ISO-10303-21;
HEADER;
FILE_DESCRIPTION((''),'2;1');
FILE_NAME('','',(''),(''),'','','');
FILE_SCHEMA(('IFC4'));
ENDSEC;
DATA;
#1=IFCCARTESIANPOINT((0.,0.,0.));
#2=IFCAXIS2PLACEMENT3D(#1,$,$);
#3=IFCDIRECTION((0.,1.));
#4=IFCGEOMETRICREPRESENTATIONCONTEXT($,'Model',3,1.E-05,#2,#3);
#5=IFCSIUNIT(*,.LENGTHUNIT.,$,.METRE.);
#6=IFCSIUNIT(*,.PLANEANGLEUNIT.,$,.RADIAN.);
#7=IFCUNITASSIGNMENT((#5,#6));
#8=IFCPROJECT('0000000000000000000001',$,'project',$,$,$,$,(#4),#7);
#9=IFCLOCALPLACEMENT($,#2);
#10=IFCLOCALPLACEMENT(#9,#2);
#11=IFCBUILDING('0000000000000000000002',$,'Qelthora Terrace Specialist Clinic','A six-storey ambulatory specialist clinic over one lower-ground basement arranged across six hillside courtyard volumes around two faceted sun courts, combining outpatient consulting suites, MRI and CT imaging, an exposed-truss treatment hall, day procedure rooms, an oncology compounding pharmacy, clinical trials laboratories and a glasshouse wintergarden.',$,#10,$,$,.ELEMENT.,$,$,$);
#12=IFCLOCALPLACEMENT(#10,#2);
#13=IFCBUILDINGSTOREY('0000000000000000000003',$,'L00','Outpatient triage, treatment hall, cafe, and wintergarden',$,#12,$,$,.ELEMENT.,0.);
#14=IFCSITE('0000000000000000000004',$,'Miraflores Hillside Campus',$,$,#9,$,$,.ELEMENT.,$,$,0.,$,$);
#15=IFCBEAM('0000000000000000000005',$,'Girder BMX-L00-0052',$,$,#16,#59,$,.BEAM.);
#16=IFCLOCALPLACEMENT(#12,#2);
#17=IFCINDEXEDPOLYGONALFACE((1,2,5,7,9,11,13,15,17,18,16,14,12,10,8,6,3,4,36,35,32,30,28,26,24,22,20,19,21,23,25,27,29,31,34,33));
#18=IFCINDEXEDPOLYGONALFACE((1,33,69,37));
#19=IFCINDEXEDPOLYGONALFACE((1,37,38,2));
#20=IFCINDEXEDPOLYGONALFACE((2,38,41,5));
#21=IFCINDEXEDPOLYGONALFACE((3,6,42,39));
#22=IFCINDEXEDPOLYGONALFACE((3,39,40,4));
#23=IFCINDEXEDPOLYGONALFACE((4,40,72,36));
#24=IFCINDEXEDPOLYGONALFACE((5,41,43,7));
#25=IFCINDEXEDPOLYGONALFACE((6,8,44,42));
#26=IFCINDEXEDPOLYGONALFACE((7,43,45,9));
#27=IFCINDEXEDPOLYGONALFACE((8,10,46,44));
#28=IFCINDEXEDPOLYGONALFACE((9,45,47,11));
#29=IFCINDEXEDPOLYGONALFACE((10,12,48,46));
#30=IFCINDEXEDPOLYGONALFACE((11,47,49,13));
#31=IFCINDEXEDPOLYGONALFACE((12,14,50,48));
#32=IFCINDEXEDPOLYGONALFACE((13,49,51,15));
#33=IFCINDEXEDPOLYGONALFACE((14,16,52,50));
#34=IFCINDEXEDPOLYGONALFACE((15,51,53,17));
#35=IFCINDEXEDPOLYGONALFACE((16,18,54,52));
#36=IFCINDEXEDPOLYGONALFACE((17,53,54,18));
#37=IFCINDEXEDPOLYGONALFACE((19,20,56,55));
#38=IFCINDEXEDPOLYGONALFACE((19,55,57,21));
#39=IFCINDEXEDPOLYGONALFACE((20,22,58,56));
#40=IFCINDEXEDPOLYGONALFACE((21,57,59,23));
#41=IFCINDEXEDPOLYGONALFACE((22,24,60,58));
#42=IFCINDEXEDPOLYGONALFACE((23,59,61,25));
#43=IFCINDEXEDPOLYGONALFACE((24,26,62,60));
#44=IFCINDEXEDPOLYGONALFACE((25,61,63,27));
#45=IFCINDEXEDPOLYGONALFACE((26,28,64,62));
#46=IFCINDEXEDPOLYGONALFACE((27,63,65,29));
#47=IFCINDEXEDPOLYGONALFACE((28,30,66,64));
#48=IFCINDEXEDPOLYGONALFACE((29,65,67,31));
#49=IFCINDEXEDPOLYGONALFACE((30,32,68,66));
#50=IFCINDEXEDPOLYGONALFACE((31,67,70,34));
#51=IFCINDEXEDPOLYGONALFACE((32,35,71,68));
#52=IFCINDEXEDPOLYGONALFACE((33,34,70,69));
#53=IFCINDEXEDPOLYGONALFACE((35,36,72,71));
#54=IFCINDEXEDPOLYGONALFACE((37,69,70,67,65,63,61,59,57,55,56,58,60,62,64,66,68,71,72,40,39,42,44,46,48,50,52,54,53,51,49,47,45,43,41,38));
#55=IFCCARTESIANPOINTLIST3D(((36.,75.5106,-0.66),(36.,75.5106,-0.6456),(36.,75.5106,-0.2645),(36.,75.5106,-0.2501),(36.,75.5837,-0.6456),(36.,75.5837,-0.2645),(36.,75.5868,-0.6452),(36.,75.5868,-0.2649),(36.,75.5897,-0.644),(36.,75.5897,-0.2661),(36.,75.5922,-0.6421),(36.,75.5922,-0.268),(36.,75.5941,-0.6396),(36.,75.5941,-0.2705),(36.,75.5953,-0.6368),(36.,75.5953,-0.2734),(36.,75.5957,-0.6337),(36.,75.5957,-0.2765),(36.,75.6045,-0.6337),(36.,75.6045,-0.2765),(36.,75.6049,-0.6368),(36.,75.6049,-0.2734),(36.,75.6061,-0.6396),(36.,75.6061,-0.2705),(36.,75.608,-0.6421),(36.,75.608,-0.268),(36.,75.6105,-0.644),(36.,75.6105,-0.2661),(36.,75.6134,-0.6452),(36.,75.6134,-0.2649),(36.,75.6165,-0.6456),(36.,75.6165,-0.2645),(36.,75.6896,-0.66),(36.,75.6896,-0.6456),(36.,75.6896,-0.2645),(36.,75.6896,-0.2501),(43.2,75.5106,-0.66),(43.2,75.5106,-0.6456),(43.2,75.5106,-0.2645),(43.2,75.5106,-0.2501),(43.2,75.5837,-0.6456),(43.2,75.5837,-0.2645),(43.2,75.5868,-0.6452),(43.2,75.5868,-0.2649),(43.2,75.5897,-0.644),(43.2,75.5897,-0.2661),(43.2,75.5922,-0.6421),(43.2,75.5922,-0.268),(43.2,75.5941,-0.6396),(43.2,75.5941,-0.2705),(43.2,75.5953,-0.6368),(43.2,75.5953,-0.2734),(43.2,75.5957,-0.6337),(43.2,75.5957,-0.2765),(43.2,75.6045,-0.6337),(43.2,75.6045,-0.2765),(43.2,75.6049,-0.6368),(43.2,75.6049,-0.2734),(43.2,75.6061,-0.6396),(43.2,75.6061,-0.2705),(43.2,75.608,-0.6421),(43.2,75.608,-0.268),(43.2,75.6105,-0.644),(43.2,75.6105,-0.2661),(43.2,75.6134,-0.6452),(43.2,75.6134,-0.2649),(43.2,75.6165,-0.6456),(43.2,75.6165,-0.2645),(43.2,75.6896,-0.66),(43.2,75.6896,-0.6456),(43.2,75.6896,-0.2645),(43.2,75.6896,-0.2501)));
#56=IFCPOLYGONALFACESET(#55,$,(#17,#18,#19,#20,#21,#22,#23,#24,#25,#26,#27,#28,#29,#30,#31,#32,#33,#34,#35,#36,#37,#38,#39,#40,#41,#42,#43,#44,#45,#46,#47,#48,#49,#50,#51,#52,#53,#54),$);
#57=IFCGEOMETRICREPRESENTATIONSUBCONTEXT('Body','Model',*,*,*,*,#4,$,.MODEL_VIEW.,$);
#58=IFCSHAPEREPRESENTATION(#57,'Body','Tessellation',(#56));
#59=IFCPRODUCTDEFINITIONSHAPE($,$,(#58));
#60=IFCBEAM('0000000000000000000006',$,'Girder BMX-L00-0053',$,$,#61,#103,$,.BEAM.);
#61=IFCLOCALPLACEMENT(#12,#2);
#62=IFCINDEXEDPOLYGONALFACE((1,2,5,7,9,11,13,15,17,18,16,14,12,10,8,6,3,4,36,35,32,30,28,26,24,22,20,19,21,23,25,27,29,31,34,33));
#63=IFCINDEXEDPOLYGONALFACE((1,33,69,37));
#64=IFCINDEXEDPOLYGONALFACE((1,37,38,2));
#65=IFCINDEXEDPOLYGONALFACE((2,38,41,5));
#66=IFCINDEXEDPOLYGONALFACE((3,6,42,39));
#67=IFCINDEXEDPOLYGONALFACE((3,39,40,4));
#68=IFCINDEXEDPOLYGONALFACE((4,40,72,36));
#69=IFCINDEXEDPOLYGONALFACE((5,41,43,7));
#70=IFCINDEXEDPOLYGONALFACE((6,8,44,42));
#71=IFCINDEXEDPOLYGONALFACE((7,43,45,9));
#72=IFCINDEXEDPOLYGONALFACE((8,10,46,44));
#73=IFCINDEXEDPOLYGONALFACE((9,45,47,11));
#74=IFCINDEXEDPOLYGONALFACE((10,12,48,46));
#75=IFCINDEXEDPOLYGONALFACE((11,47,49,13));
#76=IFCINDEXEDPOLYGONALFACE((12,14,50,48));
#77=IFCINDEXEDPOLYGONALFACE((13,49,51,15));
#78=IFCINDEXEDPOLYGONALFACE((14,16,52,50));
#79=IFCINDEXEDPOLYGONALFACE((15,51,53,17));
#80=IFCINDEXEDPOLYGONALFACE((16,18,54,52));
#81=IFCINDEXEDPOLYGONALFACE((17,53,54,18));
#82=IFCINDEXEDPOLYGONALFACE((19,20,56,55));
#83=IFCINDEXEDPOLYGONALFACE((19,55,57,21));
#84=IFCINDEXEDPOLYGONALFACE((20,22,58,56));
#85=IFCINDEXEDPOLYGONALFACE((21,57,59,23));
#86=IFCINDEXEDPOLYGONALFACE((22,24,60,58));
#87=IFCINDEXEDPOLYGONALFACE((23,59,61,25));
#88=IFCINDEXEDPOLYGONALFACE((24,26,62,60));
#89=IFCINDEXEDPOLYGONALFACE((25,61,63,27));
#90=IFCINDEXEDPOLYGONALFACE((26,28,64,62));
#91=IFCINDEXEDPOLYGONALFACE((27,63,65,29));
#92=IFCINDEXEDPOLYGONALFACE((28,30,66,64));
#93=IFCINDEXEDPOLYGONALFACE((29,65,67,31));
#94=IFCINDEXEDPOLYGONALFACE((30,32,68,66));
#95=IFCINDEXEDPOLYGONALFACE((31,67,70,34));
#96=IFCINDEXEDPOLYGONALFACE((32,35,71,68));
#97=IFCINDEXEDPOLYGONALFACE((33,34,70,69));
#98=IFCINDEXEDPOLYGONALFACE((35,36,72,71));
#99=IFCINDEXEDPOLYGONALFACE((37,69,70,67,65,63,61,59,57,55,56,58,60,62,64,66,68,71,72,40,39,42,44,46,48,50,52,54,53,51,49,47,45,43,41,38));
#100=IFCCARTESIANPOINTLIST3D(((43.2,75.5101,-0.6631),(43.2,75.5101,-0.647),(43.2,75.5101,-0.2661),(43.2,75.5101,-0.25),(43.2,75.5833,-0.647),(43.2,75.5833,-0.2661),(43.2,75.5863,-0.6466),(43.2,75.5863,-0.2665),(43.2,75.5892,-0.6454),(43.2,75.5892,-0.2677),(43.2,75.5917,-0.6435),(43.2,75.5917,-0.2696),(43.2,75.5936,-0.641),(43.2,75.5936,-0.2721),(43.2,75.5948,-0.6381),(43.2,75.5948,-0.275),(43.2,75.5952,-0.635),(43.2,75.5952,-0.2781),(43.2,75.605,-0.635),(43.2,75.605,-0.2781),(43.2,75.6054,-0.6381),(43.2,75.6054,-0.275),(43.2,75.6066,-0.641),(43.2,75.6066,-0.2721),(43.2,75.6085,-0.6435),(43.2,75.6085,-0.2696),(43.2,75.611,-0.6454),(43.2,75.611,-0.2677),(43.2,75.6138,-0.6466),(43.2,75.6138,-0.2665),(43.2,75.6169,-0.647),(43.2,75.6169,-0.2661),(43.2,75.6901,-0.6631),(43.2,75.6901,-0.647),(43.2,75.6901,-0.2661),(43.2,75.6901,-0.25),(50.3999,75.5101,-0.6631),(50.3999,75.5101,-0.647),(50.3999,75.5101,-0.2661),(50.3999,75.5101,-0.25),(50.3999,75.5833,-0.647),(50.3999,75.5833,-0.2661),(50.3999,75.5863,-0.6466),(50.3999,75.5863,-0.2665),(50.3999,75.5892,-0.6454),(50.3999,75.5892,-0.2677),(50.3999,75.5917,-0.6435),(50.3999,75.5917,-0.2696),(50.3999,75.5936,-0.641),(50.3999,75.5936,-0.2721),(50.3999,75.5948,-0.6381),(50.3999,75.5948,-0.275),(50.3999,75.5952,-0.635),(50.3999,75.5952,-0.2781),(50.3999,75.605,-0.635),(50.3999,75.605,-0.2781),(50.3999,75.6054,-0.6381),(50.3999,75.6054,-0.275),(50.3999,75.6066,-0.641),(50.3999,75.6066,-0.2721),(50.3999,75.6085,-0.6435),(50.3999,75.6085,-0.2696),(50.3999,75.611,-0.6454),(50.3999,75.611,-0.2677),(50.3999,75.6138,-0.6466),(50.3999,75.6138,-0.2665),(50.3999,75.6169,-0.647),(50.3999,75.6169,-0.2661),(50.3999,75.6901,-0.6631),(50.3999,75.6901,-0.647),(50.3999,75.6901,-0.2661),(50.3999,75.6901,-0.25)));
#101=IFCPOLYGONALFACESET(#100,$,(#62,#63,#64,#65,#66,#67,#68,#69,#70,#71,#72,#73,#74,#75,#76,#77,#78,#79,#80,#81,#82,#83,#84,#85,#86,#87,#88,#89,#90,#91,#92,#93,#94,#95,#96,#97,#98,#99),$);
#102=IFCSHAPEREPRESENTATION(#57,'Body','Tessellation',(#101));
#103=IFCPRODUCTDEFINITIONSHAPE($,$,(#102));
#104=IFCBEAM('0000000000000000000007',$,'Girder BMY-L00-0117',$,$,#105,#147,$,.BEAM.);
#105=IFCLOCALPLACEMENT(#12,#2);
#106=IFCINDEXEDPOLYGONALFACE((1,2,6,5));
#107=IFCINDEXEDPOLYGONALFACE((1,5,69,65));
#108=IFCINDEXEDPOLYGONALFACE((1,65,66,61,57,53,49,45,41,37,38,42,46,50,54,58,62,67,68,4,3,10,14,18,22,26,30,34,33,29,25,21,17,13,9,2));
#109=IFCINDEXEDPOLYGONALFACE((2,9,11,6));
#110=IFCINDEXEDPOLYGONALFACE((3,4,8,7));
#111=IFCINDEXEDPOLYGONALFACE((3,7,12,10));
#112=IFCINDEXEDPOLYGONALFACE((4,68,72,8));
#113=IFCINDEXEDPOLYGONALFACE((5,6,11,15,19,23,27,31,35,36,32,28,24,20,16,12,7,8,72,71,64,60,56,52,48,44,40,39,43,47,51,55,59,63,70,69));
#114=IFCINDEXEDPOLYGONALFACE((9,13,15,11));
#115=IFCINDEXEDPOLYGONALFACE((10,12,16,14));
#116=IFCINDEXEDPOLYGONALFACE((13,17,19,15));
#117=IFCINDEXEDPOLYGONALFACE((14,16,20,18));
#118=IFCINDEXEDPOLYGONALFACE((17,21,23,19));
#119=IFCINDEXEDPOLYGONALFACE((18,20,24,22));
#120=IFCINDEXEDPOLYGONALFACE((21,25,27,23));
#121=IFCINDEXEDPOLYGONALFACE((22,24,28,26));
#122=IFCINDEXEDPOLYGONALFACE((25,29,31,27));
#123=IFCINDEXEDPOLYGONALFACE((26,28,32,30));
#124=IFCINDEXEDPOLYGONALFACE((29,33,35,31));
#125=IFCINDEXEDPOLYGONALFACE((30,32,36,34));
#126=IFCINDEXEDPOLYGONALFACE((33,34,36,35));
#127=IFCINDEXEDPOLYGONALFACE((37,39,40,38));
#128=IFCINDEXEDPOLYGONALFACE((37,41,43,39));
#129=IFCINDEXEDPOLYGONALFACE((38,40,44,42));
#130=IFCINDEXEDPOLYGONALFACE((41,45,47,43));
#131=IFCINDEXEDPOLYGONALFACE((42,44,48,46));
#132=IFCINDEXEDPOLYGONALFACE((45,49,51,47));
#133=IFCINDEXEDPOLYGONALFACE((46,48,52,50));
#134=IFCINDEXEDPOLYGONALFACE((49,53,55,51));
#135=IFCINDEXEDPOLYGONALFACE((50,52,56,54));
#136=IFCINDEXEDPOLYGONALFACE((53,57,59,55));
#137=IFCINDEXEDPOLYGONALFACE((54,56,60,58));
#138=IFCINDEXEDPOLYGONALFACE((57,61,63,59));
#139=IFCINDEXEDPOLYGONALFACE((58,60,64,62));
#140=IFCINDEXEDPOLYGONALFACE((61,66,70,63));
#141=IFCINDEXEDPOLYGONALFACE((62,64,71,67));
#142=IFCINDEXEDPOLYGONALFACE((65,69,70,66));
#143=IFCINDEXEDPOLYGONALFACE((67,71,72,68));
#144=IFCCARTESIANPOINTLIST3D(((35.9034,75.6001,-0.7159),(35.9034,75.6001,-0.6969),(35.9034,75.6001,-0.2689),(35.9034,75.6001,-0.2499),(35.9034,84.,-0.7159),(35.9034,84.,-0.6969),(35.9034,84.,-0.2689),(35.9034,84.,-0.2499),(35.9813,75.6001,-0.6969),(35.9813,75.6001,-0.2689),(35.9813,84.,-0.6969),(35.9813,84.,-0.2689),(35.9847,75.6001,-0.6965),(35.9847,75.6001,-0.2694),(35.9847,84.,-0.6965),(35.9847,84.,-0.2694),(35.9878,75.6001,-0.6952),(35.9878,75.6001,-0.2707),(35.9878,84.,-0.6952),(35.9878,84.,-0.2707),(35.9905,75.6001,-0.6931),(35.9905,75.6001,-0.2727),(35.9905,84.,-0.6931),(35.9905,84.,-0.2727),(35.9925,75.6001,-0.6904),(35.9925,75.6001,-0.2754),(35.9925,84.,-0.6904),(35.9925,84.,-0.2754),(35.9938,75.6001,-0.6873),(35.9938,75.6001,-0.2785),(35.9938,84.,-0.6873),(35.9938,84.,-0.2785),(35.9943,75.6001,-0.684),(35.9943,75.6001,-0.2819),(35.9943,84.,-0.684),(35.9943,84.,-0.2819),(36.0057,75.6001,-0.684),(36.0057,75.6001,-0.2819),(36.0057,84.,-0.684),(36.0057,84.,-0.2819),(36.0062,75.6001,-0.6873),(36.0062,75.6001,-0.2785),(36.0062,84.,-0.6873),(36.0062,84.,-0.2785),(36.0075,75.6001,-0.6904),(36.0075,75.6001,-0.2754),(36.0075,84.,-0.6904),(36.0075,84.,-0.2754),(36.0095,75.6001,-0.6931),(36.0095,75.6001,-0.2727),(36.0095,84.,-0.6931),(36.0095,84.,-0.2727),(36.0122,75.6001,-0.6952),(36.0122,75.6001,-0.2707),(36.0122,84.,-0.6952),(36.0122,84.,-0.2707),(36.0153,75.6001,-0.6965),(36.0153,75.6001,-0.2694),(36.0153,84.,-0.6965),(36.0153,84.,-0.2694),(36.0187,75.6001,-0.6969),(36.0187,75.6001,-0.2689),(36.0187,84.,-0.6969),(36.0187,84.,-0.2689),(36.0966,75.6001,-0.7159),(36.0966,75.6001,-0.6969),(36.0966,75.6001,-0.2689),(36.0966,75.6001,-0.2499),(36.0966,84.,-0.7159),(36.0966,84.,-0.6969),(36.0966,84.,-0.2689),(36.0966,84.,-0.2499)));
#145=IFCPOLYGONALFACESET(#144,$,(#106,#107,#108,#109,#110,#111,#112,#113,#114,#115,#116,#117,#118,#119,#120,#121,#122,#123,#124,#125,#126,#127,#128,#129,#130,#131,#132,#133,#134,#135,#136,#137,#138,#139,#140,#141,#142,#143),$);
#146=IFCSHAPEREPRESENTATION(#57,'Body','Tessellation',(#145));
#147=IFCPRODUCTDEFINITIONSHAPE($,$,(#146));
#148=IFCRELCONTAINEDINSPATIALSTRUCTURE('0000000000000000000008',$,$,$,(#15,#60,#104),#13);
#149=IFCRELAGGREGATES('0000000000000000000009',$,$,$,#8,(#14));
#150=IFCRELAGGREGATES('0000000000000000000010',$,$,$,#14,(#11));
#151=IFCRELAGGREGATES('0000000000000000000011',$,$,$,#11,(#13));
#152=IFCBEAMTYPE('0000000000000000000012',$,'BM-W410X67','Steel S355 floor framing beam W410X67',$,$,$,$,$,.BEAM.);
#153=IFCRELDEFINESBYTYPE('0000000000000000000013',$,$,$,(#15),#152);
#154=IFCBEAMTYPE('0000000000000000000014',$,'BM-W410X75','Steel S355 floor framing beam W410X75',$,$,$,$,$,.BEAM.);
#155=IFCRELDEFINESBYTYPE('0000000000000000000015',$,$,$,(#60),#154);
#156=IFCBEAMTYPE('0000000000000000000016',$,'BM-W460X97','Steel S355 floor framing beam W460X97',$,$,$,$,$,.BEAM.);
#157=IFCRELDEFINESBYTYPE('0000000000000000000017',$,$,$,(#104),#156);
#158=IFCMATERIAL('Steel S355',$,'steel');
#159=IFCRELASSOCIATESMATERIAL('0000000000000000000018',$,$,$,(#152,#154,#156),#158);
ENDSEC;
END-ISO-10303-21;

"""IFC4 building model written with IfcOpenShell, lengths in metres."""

from ifc_helpers import new_model, si_unit, direction, frame, origin, origin_2d, place, context, subcontext, project, spatial, i_section, extrude, material, material_profile, profile_set, type_object, element, save


model = new_model("IFC4")

# Units and contexts
model_context = context("Model", 3, precision=1e-05, world=origin(), true_north=direction((0.0, 1.0)))
body_context = subcontext(model_context, "Body", "Model", "MODEL_VIEW")
ifc_project = project(units=[si_unit("LENGTHUNIT", "METRE"), si_unit("PLANEANGLEUNIT", "RADIAN")], contexts=[model_context])

# Site, building, storey
site_placement = place(None, origin())
site = spatial("IfcSite", under=ifc_project, at=site_placement, Name="Miraflores Hillside Campus", CompositionType="ELEMENT", RefElevation=0.0)
building_placement = place(site_placement, origin())
building = spatial("IfcBuilding", under=site, at=building_placement, Name="Qelthora Terrace Specialist Clinic", Description="A six-storey ambulatory specialist clinic over one lower-ground basement arranged across six hillside courtyard volumes around two faceted sun courts, combining outpatient consulting suites, MRI and CT imaging, an exposed-truss treatment hall, day procedure rooms, an oncology compounding pharmacy, clinical trials laboratories and a glasshouse wintergarden.", CompositionType="ELEMENT")
storey_placement = place(building_placement, origin())
storey = spatial("IfcBuildingStorey", under=building, at=storey_placement, Name="L00", Description="Outpatient triage, treatment hall, cafe, and wintergarden", CompositionType="ELEMENT", Elevation=0.0)

# Shared definitions
ifc_material_1 = material(Name="Steel S355", Category="steel")

# Beams
ifc_material_profile_1 = material_profile(ifc_material_1, i_section(OverallWidth=0.179, OverallDepth=0.4099, WebThickness=0.0088, FlangeThickness=0.0144, FilletRadius=0.012, at=origin_2d()), Name="W410X67")
ifc_profile_set_1 = profile_set([ifc_material_profile_1], Name="Steel S355")
beam_type_1 = type_object("IfcBeamType", Name="BM-W410X67", Description="Steel S355 floor framing beam W410X67", PredefinedType="BEAM", material=ifc_profile_set_1)
beam_1_placement = place(storey_placement, frame((36.0, 75.6001, -0.4551), z_axis=(1.0, 0.0, 0.0), x_axis=(0.0, 1.0, 0.0)))
element("IfcBeam", 1, at=beam_1_placement, inside=storey, type_object=beam_type_1, Name="Girder BMX-L00-0052", PredefinedType="BEAM", context=body_context, shape_type="SweptSolid", body=[
    extrude(i_section(OverallWidth=0.179, OverallDepth=0.4099, WebThickness=0.0088, FlangeThickness=0.0144, FilletRadius=0.012, at=origin_2d()), origin(), (0.0, 0.0, 1.0), 7.2),
])
ifc_material_profile_2 = material_profile(ifc_material_1, i_section(OverallWidth=0.1799, OverallDepth=0.4131, WebThickness=0.0098, FlangeThickness=0.0161, FilletRadius=0.012, at=origin_2d()), Name="W410X75")
ifc_profile_set_2 = profile_set([ifc_material_profile_2], Name="Steel S355")
beam_type_2 = type_object("IfcBeamType", Name="BM-W410X75", Description="Steel S355 floor framing beam W410X75", PredefinedType="BEAM", material=ifc_profile_set_2)
beam_2_placement = place(storey_placement, frame((43.2, 75.6001, -0.4565), z_axis=(1.0, 0.0, 0.0), x_axis=(0.0, 1.0, 0.0)))
element("IfcBeam", 2, at=beam_2_placement, inside=storey, type_object=beam_type_2, Name="Girder BMX-L00-0053", PredefinedType="BEAM", context=body_context, shape_type="SweptSolid", body=[
    extrude(i_section(OverallWidth=0.1799, OverallDepth=0.4131, WebThickness=0.0098, FlangeThickness=0.0161, FilletRadius=0.012, at=origin_2d()), origin(), (0.0, 0.0, 1.0), 7.2),
])
ifc_material_profile_3 = material_profile(ifc_material_1, i_section(OverallWidth=0.1931, OverallDepth=0.4661, WebThickness=0.0115, FlangeThickness=0.019, FilletRadius=0.0129, at=origin_2d()), Name="W460X97")
ifc_profile_set_3 = profile_set([ifc_material_profile_3], Name="Steel S355")
beam_type_3 = type_object("IfcBeamType", Name="BM-W460X97", Description="Steel S355 floor framing beam W460X97", PredefinedType="BEAM", material=ifc_profile_set_3)
beam_3_placement = place(storey_placement, frame((36.0, 75.6001, -0.4829), z_axis=(0.0, 1.0, 0.0), x_axis=(-1.0, 0.0, 0.0)))
element("IfcBeam", 3, at=beam_3_placement, inside=storey, type_object=beam_type_3, Name="Girder BMY-L00-0117", PredefinedType="BEAM", context=body_context, shape_type="SweptSolid", body=[
    extrude(i_section(OverallWidth=0.1931, OverallDepth=0.4661, WebThickness=0.0115, FlangeThickness=0.019, FilletRadius=0.0129, at=origin_2d()), origin(), (0.0, 0.0, 1.0), 8.3999),
])

save(model, "model.ifc")
